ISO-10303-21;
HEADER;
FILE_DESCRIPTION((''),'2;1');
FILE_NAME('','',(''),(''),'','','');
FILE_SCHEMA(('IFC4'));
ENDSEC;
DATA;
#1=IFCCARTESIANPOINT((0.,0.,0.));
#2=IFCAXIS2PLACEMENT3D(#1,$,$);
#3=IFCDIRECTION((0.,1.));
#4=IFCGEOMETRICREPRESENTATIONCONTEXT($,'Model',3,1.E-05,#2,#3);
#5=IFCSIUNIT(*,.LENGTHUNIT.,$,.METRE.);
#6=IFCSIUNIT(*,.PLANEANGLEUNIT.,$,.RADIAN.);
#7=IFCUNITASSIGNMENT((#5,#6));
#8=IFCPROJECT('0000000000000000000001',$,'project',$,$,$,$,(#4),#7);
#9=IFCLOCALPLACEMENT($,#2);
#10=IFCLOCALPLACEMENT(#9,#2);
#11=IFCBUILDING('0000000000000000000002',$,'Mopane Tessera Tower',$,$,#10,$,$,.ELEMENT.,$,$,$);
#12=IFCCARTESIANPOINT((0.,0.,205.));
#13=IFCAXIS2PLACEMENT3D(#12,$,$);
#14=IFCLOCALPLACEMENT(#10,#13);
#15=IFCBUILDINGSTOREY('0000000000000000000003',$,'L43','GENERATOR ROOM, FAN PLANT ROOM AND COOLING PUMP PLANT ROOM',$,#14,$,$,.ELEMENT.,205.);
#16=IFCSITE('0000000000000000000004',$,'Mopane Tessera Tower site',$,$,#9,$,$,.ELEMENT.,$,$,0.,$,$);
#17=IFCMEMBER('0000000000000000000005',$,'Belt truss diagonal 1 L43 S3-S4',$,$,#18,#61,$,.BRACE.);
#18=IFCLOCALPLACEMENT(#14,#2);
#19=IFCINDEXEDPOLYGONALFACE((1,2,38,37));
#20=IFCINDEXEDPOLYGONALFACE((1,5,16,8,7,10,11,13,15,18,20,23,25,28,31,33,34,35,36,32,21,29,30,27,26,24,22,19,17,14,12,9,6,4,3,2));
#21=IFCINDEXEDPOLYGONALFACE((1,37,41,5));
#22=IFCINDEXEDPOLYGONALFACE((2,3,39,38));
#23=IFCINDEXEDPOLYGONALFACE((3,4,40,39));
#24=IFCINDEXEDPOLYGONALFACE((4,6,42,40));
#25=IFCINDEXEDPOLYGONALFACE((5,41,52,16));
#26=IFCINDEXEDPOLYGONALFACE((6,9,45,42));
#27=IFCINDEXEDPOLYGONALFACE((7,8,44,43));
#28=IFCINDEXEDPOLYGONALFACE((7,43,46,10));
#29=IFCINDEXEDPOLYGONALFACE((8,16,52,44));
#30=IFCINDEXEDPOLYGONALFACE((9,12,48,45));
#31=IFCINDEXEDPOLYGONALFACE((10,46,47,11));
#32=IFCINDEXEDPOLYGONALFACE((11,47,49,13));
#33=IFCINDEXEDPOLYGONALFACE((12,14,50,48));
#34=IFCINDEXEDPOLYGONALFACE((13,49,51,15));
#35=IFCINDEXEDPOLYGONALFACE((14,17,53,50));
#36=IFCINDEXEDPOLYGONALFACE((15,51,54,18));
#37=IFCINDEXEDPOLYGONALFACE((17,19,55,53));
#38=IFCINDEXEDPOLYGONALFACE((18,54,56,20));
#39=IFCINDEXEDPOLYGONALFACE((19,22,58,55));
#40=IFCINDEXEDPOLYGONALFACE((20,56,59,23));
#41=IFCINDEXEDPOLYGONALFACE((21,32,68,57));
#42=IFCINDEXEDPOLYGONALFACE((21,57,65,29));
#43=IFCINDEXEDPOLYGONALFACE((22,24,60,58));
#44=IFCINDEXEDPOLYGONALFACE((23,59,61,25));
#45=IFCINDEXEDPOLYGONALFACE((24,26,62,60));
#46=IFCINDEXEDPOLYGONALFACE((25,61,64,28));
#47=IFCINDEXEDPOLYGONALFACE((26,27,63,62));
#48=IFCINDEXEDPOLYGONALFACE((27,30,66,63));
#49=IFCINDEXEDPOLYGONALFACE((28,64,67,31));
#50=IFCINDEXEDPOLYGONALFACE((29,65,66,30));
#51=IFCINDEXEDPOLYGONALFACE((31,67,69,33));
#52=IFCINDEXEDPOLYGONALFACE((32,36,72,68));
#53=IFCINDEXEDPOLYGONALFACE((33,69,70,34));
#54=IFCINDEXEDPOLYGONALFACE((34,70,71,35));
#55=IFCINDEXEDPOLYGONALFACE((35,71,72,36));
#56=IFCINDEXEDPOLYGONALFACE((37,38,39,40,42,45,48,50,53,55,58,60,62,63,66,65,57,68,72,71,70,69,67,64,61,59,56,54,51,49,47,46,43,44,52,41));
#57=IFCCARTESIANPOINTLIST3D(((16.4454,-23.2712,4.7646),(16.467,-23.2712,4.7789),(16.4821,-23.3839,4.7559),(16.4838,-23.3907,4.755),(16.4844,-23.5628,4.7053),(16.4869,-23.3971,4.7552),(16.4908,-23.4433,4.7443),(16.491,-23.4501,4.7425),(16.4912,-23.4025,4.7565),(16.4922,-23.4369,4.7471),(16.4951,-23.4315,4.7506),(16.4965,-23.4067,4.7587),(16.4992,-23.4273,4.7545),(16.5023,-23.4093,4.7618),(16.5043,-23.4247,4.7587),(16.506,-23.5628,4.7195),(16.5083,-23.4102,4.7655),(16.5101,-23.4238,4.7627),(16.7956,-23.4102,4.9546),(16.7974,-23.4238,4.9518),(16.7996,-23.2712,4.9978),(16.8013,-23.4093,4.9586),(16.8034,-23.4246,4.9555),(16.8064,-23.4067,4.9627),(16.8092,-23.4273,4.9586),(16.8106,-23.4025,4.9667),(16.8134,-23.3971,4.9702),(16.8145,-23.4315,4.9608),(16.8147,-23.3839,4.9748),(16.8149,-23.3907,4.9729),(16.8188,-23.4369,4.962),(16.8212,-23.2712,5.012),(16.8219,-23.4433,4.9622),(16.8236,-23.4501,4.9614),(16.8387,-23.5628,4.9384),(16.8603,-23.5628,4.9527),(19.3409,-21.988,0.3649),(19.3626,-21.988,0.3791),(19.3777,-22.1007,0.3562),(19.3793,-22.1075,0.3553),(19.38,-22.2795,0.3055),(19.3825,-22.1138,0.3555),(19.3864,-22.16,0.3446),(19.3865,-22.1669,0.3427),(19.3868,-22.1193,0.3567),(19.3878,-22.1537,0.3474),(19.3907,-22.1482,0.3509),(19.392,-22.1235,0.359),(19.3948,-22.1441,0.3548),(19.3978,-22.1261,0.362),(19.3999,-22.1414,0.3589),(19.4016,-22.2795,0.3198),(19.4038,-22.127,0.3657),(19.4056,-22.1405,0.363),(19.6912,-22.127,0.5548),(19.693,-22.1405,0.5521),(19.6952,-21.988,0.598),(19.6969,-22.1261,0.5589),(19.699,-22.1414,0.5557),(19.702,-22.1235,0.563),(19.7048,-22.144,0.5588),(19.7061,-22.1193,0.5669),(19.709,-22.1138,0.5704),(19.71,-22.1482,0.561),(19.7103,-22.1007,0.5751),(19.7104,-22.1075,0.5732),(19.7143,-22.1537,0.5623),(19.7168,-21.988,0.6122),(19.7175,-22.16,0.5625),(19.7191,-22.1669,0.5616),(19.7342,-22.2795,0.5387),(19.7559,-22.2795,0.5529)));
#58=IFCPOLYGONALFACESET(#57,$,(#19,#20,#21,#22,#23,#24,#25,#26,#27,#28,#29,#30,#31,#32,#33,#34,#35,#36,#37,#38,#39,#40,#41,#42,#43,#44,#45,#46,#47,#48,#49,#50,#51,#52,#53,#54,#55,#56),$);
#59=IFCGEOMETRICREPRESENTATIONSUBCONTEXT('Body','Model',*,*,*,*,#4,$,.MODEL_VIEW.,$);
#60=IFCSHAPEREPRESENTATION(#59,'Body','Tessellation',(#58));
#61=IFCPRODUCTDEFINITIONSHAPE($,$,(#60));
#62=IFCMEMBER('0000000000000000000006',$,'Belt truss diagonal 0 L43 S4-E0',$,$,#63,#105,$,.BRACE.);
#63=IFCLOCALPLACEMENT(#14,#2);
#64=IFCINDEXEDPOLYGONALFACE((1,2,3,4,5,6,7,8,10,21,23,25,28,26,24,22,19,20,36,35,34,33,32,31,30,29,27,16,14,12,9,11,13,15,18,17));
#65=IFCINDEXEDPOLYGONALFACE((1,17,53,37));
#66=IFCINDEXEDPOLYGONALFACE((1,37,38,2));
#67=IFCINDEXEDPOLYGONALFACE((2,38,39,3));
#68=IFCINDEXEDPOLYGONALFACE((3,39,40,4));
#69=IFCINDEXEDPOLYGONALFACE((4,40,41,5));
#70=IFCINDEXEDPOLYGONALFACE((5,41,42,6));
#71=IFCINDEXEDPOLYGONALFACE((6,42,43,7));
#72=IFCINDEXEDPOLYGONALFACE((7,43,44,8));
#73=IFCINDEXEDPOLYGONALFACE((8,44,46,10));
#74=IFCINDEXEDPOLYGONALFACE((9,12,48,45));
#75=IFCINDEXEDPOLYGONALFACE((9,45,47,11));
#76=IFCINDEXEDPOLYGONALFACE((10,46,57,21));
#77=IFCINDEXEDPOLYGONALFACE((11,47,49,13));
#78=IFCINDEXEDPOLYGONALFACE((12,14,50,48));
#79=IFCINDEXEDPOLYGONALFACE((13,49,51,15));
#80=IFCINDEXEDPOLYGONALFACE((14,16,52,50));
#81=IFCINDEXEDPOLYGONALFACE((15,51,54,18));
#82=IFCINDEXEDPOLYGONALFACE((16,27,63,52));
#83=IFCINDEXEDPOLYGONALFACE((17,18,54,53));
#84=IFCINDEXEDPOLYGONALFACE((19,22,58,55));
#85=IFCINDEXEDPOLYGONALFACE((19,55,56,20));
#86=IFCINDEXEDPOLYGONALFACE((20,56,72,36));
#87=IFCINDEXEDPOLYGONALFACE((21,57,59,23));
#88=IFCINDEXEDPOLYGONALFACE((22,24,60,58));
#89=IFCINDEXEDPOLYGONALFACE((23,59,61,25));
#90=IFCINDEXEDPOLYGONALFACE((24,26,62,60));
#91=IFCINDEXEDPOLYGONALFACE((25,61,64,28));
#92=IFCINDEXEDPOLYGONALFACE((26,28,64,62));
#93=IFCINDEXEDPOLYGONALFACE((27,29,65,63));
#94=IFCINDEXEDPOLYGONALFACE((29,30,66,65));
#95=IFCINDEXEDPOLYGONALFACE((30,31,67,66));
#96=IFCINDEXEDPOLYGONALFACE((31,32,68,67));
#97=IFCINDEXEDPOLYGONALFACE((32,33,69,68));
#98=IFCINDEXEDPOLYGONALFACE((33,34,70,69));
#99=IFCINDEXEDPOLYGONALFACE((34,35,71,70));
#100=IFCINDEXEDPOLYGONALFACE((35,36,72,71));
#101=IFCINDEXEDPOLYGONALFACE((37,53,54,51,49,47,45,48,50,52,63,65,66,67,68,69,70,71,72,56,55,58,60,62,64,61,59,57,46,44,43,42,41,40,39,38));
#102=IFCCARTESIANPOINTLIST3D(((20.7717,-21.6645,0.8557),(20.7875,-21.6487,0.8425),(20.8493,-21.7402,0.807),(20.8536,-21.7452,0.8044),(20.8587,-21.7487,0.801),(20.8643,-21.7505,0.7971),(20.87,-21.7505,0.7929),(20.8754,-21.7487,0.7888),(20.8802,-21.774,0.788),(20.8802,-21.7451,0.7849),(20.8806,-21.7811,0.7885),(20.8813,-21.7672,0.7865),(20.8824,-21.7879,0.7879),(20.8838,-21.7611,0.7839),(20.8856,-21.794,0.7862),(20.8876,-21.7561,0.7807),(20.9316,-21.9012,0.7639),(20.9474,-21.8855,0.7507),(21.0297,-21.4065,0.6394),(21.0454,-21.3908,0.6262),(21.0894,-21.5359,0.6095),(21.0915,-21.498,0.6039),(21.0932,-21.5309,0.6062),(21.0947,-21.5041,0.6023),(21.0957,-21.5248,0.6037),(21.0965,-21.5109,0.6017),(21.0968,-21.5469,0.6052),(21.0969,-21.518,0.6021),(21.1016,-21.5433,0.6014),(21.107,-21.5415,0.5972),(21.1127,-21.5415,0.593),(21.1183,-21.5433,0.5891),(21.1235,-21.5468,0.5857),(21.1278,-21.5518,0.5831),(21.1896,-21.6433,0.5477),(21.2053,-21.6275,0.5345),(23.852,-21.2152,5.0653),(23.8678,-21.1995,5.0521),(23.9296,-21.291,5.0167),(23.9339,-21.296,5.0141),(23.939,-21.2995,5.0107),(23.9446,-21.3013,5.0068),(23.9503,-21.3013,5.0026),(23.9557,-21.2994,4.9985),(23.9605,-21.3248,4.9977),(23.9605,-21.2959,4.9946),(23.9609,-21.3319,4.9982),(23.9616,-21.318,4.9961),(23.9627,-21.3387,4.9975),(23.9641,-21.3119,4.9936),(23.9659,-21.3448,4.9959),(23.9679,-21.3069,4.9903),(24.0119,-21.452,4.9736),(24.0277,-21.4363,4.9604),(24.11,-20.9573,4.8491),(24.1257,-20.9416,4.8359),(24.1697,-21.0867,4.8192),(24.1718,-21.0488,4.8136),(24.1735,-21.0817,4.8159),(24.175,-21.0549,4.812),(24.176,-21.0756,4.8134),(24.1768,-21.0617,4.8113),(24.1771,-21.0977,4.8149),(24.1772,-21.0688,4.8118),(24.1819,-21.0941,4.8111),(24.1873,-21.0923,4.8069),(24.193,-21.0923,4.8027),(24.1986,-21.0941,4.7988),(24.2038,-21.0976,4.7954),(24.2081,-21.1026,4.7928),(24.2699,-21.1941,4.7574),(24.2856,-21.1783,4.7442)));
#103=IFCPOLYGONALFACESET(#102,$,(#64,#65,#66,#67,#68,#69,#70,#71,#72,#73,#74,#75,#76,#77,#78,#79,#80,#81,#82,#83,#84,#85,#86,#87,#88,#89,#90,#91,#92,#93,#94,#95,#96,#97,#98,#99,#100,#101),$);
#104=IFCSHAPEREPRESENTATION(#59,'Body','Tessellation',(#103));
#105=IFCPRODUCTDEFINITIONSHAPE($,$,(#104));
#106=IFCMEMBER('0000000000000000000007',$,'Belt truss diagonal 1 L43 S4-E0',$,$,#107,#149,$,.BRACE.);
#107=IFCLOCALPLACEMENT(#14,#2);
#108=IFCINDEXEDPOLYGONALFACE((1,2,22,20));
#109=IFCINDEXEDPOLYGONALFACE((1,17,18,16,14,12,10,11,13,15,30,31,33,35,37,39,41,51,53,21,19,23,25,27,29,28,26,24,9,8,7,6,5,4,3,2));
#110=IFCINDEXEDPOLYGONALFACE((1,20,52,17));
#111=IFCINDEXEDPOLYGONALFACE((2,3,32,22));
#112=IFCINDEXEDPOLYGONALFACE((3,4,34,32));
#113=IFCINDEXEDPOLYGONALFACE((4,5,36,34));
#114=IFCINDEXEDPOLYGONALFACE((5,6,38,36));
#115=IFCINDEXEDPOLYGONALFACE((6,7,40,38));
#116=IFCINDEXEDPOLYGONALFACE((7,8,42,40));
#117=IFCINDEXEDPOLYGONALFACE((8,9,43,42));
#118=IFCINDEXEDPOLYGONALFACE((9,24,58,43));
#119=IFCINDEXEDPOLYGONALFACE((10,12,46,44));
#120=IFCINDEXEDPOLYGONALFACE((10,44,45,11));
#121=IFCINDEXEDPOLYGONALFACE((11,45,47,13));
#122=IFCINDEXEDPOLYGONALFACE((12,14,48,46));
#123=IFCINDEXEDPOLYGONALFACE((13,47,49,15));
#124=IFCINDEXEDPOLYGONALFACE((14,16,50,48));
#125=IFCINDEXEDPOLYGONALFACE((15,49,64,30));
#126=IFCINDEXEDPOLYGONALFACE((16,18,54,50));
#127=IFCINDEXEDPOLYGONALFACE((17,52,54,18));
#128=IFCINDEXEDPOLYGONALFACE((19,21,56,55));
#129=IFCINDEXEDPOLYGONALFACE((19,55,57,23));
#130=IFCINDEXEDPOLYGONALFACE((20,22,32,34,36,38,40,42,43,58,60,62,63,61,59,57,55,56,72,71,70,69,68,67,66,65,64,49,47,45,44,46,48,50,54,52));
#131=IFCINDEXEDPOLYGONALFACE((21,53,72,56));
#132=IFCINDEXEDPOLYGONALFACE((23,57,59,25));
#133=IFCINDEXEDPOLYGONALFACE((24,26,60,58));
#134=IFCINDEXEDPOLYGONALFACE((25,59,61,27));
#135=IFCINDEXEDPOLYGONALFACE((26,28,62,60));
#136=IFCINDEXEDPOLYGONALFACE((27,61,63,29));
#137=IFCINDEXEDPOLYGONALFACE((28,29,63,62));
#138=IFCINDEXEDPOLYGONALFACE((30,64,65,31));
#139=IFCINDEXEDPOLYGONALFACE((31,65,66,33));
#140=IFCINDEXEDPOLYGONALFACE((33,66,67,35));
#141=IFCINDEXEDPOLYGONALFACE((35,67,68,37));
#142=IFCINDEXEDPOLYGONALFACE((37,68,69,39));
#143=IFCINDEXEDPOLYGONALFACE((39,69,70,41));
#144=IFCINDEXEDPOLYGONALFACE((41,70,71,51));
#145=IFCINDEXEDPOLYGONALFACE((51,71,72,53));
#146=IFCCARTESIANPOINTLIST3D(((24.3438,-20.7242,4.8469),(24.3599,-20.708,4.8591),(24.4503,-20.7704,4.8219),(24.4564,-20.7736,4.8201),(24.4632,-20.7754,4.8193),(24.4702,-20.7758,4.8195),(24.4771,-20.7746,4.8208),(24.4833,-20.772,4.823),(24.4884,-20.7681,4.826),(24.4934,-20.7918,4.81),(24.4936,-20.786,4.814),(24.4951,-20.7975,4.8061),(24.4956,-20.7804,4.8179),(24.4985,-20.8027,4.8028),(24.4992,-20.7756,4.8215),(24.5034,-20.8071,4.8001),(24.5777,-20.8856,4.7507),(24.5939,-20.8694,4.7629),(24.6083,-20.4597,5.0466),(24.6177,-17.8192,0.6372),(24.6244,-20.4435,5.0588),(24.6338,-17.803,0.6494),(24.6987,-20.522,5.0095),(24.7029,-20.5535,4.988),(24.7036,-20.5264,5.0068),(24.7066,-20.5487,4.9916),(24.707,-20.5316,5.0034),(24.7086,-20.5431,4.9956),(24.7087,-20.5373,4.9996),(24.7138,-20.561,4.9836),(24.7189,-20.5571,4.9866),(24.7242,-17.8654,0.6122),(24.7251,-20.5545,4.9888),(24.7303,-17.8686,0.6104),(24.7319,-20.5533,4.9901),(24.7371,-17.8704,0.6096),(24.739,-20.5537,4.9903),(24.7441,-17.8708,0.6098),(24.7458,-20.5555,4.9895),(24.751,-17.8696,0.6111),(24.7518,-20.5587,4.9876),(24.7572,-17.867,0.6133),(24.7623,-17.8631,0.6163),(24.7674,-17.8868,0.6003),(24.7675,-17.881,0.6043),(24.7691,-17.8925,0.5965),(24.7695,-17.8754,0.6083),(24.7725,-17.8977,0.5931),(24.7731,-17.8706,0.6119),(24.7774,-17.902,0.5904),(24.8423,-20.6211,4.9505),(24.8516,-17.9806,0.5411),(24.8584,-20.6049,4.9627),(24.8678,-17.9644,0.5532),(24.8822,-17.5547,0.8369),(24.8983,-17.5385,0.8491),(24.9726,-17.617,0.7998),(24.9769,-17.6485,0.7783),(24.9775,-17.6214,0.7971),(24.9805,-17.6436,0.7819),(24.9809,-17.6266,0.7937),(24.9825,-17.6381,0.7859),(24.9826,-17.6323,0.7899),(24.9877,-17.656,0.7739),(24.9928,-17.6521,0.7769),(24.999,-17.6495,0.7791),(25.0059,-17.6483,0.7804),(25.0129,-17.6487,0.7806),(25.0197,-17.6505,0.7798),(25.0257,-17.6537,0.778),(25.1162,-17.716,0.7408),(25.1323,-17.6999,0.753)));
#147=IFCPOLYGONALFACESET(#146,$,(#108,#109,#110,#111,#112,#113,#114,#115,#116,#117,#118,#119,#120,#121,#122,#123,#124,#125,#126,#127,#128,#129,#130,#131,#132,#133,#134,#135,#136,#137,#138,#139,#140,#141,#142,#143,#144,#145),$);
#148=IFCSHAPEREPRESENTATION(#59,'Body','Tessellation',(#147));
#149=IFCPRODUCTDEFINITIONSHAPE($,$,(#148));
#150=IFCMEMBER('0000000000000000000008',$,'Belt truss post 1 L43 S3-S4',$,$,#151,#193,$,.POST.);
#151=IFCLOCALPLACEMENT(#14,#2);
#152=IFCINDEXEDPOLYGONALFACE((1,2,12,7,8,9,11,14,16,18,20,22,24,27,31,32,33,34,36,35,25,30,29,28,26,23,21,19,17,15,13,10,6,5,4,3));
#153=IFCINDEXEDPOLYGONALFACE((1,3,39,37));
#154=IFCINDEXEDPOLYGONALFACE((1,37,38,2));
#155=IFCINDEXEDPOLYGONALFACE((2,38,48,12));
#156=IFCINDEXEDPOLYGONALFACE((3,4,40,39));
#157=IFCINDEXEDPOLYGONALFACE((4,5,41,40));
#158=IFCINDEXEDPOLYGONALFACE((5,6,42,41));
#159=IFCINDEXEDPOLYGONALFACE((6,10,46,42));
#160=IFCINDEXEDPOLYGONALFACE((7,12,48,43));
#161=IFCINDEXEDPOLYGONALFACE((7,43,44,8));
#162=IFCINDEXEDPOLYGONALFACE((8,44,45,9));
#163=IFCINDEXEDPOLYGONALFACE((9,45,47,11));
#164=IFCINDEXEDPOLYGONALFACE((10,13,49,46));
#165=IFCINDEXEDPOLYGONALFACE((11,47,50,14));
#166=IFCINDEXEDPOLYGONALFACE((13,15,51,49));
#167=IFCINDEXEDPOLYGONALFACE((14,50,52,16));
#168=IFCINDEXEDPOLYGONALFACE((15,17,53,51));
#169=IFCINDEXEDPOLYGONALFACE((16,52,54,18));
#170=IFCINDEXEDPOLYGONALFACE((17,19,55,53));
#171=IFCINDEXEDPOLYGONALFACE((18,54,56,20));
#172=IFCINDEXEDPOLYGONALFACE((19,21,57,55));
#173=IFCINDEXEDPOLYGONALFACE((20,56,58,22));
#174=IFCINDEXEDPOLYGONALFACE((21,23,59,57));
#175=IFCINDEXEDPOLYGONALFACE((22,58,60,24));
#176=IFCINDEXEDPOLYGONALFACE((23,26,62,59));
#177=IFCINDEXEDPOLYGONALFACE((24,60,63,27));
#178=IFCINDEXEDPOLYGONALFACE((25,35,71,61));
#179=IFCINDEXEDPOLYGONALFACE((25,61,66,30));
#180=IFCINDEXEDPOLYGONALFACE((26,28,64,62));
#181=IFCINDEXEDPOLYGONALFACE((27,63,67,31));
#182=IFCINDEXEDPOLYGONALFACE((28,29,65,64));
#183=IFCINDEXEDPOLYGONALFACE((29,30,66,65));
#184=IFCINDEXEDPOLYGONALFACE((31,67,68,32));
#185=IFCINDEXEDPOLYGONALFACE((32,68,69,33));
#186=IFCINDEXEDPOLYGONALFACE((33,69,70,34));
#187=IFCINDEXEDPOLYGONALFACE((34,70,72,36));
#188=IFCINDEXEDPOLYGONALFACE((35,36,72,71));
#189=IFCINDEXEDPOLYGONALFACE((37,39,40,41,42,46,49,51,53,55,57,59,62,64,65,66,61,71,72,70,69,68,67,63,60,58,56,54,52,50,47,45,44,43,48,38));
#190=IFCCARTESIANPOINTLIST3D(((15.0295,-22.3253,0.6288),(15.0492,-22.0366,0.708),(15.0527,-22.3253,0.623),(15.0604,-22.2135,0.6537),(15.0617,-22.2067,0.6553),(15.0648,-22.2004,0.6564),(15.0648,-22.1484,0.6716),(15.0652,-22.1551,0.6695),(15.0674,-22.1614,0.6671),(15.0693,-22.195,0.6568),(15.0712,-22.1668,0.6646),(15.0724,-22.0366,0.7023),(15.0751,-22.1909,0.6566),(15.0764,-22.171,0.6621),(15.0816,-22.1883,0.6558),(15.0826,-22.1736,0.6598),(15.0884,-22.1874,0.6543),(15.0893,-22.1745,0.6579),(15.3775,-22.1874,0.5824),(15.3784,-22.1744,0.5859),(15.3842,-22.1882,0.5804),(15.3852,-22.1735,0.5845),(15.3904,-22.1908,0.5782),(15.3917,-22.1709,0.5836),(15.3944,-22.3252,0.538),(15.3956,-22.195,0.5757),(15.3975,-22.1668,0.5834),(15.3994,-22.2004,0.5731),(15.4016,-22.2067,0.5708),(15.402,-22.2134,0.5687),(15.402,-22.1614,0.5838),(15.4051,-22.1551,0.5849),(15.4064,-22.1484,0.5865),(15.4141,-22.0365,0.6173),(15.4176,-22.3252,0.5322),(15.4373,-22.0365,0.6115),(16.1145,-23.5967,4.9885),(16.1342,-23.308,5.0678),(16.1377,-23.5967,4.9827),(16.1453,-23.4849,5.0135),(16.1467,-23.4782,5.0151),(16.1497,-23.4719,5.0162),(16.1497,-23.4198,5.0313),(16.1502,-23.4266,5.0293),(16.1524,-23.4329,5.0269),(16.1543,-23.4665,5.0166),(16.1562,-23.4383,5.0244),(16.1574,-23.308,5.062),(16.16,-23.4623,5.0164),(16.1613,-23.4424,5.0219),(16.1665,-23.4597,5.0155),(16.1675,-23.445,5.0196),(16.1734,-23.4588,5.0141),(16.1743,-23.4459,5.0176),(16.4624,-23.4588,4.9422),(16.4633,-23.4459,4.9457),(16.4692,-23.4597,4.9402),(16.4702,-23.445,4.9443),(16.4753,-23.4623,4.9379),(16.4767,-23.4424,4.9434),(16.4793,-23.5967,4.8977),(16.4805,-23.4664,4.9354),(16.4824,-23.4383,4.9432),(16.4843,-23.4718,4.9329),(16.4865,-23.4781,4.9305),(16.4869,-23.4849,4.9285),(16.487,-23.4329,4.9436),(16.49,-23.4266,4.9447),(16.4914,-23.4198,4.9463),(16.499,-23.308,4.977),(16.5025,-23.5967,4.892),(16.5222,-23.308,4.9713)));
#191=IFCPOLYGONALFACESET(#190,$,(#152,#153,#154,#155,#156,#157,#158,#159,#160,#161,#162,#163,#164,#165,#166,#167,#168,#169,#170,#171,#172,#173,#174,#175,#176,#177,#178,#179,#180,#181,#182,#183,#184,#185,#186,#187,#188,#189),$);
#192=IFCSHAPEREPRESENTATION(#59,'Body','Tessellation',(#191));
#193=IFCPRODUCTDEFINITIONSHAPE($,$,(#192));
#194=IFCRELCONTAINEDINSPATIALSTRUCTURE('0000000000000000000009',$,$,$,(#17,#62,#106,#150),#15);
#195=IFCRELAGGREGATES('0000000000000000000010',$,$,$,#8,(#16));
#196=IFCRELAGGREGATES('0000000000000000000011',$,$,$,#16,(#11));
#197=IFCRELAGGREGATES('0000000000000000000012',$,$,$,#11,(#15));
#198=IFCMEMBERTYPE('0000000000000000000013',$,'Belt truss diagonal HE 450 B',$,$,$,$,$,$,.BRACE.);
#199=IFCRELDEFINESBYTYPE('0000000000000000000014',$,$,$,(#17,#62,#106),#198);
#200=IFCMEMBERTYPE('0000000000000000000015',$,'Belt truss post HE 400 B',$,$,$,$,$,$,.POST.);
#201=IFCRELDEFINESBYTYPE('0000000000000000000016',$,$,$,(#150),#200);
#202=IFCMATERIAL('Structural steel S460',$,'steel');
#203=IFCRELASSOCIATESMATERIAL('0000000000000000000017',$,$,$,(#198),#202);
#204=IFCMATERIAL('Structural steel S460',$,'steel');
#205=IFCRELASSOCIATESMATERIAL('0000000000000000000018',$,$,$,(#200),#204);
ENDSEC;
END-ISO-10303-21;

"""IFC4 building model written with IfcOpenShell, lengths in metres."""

from ifc_helpers import new_model, si_unit, direction, frame, origin, origin_2d, place, context, subcontext, project, spatial, i_section, extrude, material, material_profile, profile_set, type_object, element, save


model = new_model("IFC4")

# Units and contexts
model_context = context("Model", 3, precision=1e-05, world=origin(), true_north=direction((0.0, 1.0)))
body_context = subcontext(model_context, "Body", "Model", "MODEL_VIEW")
ifc_project = project(units=[si_unit("LENGTHUNIT", "METRE"), si_unit("PLANEANGLEUNIT", "RADIAN")], contexts=[model_context])

# Site, building, storey
site_placement = place(None, origin())
site = spatial("IfcSite", under=ifc_project, at=site_placement, Name="Mopane Tessera Tower site", CompositionType="ELEMENT", RefElevation=0.0)
building_placement = place(site_placement, origin())
building = spatial("IfcBuilding", under=site, at=building_placement, Name="Mopane Tessera Tower", CompositionType="ELEMENT")
storey_placement = place(building_placement, frame((0.0, 0.0, 205.0)))
storey = spatial("IfcBuildingStorey", under=building, at=storey_placement, Name="L43", Description="GENERATOR ROOM, FAN PLANT ROOM AND COOLING PUMP PLANT ROOM", CompositionType="ELEMENT", Elevation=205.0)

# Members
ifc_material_1 = material(Name="Structural steel S460", Category="steel")
ifc_material_profile_1 = material_profile(ifc_material_1, i_section(OverallWidth=0.3, OverallDepth=0.45, WebThickness=0.0139, FlangeThickness=0.0259, FilletRadius=0.0271, at=origin_2d()))
ifc_profile_set_1 = profile_set([ifc_material_profile_1], Name="Structural steel S460")
member_type_1 = type_object("IfcMemberType", Name="Belt truss diagonal HE 450 B", PredefinedType="BRACE", material=ifc_profile_set_1)
member_1_placement = place(storey_placement, frame((16.6528, -23.417, 4.8586), z_axis=(0.534125, 0.236708, -0.811591), x_axis=(-0.130134, 0.971581, 0.197727)))
element("IfcMember", 1, at=member_1_placement, inside=storey, type_object=member_type_1, Name="Belt truss diagonal 1 L43 S3-S4", PredefinedType="BRACE", context=body_context, shape_type="SweptSolid", body=[
    extrude(i_section(OverallWidth=0.3, OverallDepth=0.45, WebThickness=0.0139, FlangeThickness=0.0259, FilletRadius=0.0271, at=origin_2d()), origin(), (0.0, 0.0, 1.0), 5.4211),
])
member_2_placement = place(storey_placement, frame((20.9885, -21.646, 0.6951), z_axis=(0.588338, 0.0858, 0.80405), x_axis=(-0.532814, 0.7891, 0.305664)))
element("IfcMember", 2, at=member_2_placement, inside=storey, type_object=member_type_1, Name="Belt truss diagonal 0 L43 S4-E0", PredefinedType="BRACE", context=body_context, shape_type="SweptSolid", body=[
    extrude(i_section(OverallWidth=0.3, OverallDepth=0.45, WebThickness=0.0139, FlangeThickness=0.0259, FilletRadius=0.0271, at=origin_2d()), origin(), (0.0, 0.0, 1.0), 5.2356),
])
member_3_placement = place(storey_placement, frame((24.6011, -20.6646, 4.9048), z_axis=(0.053479, 0.567156, -0.821873), x_axis=(-0.779769, 0.537856, 0.320423)))
element("IfcMember", 3, at=member_3_placement, inside=storey, type_object=member_type_1, Name="Belt truss diagonal 1 L43 S4-E0", PredefinedType="BRACE", context=body_context, shape_type="SweptSolid", body=[
    extrude(i_section(OverallWidth=0.3, OverallDepth=0.45, WebThickness=0.0139, FlangeThickness=0.0259, FilletRadius=0.0271, at=origin_2d()), origin(), (0.0, 0.0, 1.0), 5.1221),
])
ifc_material_2 = material(Name="Structural steel S460", Category="steel")
ifc_material_profile_2 = material_profile(ifc_material_2, i_section(OverallWidth=0.3, OverallDepth=0.3999, WebThickness=0.0134, FlangeThickness=0.0239, FilletRadius=0.0271, at=origin_2d()))
ifc_profile_set_2 = profile_set([ifc_material_profile_2], Name="Structural steel S460")
member_type_2 = type_object("IfcMemberType", Name="Belt truss post HE 400 B", PredefinedType="POST", material=ifc_profile_set_2)
member_4_placement = place(storey_placement, frame((15.2334, -22.1809, 0.6201), z_axis=(0.232361, -0.272308, 0.933733), x_axis=(0.065662, 0.96221, 0.264273)))
element("IfcMember", 4, at=member_4_placement, inside=storey, type_object=member_type_2, Name="Belt truss post 1 L43 S3-S4", PredefinedType="POST", context=body_context, shape_type="SweptSolid", body=[
    extrude(i_section(OverallWidth=0.3, OverallDepth=0.3999, WebThickness=0.0134, FlangeThickness=0.0239, FilletRadius=0.0271, at=origin_2d()), origin(), (0.0, 0.0, 1.0), 4.6692),
])

save(model, "model.ifc")
